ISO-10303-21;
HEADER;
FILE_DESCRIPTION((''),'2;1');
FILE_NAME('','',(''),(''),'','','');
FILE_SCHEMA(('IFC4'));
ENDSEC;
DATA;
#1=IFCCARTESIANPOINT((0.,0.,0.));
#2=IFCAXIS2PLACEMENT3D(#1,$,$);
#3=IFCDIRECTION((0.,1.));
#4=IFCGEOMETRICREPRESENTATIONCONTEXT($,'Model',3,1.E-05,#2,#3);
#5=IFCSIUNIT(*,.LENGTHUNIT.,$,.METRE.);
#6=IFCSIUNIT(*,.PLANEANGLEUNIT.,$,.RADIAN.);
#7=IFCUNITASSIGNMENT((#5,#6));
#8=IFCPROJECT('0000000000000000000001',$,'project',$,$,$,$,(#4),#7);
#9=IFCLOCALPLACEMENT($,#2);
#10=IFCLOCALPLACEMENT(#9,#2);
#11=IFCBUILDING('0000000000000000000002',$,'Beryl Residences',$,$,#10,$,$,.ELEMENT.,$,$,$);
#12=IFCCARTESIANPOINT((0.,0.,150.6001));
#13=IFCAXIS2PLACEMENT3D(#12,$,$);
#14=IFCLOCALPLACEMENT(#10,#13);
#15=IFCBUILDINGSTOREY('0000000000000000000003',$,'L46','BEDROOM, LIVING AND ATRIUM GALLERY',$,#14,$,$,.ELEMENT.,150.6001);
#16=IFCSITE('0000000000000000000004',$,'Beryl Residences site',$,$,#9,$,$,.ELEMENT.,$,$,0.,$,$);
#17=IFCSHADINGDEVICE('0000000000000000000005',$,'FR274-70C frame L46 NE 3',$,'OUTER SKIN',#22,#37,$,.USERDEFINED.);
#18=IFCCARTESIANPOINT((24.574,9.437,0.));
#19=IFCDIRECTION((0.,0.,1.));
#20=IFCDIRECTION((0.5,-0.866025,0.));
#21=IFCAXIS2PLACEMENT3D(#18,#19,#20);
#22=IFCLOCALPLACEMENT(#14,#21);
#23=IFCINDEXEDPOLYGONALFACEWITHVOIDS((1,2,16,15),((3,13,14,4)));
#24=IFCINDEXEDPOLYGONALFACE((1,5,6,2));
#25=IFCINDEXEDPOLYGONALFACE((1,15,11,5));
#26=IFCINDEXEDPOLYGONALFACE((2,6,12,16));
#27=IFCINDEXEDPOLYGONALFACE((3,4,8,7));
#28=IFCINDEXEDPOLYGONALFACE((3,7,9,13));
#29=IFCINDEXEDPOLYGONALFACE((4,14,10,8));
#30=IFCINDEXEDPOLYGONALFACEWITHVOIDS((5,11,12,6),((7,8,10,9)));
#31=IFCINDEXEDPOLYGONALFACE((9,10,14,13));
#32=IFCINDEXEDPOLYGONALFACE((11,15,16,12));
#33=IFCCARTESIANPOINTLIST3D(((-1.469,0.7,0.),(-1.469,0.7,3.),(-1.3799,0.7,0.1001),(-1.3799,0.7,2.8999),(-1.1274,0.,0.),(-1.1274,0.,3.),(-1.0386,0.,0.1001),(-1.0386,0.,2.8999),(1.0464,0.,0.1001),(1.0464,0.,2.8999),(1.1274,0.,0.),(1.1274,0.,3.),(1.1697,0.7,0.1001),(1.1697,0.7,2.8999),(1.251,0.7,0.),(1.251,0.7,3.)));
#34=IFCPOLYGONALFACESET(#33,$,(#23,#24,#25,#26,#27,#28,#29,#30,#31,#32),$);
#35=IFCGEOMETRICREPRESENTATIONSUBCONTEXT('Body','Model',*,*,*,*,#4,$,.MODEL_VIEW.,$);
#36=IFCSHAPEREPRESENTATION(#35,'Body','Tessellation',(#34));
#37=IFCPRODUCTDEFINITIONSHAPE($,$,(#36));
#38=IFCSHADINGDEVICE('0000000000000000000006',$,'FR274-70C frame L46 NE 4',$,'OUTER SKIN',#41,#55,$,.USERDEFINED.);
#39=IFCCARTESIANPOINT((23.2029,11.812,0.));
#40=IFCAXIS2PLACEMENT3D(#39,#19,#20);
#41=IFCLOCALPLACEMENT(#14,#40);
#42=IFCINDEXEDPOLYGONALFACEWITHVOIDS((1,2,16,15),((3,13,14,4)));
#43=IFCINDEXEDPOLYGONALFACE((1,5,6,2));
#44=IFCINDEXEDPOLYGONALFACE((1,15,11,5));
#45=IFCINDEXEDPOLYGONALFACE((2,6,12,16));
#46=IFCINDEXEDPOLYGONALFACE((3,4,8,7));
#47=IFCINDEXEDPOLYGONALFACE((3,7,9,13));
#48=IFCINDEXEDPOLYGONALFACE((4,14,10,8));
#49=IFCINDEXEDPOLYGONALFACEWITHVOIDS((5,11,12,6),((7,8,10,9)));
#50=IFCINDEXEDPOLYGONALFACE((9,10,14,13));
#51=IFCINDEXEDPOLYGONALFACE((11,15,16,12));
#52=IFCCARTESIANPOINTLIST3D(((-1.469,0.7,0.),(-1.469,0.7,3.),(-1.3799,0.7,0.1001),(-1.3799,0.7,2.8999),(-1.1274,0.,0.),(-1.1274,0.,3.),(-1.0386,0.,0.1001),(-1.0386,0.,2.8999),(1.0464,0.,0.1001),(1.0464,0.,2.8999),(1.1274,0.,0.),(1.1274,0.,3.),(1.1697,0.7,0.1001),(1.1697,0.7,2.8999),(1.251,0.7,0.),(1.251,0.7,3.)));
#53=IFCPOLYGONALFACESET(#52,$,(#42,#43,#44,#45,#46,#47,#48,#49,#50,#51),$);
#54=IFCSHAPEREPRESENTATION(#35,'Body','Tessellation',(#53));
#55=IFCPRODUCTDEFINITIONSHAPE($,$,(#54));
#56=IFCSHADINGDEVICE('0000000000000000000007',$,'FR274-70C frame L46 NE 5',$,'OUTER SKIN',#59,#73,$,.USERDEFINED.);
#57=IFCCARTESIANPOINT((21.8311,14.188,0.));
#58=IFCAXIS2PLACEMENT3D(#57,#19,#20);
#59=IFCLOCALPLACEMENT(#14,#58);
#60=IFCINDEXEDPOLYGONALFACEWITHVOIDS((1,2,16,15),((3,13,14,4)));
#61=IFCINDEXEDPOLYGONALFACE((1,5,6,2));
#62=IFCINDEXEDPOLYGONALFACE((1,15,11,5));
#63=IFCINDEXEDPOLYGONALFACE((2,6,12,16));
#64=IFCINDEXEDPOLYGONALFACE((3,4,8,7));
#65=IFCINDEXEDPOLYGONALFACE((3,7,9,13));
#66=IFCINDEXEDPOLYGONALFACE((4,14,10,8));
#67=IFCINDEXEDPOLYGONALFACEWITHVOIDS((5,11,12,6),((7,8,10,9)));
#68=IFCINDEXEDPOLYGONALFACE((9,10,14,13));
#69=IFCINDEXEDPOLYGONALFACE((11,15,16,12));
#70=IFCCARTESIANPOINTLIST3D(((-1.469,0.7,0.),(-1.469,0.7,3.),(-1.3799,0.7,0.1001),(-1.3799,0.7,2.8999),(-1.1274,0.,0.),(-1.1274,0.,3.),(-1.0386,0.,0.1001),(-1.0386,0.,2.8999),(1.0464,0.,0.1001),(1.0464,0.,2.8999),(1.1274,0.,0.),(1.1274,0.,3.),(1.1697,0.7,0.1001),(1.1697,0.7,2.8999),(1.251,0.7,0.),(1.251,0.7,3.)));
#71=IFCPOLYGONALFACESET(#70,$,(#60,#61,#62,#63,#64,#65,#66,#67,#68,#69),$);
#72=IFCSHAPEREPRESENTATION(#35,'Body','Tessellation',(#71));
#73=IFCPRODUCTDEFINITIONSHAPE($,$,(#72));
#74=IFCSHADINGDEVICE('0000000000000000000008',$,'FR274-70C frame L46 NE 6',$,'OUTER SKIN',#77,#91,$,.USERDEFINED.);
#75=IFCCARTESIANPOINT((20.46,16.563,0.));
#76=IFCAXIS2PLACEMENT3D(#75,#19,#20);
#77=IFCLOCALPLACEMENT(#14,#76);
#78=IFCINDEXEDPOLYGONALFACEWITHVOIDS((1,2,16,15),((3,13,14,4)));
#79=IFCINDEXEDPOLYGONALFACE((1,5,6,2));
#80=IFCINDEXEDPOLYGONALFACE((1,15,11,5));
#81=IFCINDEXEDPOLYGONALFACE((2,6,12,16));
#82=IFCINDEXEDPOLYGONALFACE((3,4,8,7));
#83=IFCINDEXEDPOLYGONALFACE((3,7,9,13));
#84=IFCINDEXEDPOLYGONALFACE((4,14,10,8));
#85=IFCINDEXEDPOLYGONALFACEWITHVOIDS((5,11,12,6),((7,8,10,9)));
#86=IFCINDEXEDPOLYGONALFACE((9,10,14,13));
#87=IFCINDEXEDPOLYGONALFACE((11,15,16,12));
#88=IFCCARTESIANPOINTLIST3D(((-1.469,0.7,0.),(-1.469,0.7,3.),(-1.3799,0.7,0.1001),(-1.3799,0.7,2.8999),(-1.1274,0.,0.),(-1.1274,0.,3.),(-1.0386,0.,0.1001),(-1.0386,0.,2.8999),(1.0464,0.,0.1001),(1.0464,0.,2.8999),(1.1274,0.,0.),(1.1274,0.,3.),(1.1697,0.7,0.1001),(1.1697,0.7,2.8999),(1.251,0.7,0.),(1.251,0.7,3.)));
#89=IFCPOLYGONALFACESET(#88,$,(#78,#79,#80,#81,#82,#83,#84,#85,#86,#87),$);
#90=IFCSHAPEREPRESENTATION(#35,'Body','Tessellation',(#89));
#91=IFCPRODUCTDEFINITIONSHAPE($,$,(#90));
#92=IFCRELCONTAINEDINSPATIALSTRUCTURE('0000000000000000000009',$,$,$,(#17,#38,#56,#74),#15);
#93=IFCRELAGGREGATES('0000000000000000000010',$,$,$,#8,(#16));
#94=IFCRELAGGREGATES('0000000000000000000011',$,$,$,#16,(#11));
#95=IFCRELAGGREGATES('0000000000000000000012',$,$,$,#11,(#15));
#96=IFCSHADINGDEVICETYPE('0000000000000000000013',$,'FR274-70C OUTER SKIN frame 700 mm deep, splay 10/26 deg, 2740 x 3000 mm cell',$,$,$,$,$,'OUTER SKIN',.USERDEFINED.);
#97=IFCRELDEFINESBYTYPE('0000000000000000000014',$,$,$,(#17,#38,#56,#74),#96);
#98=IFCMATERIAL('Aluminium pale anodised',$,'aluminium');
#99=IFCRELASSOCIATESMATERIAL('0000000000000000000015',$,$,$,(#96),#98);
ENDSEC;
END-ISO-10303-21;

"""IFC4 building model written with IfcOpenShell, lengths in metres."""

from ifc_helpers import new_model, entity, si_unit, direction, frame, origin, place, context, subcontext, project, spatial, source, transform, mapped, material, type_object, type_shapes, element, save


model = new_model("IFC4")

# Units and contexts
model_context = context("Model", 3, precision=1e-05, world=origin(), true_north=direction((0.0, 1.0)))
body_context = subcontext(model_context, "Body", "Model", "MODEL_VIEW")
ifc_project = project(units=[si_unit("LENGTHUNIT", "METRE"), si_unit("PLANEANGLEUNIT", "RADIAN")], contexts=[model_context])

# Site, building, storey
site_placement = place(None, origin())
site = spatial("IfcSite", under=ifc_project, at=site_placement, Name="Beryl Residences site", CompositionType="ELEMENT", RefElevation=0.0)
building_placement = place(site_placement, origin())
building = spatial("IfcBuilding", under=site, at=building_placement, Name="Beryl Residences", CompositionType="ELEMENT")
storey_placement = place(building_placement, frame((0.0, 0.0, 150.6001)))
storey = spatial("IfcBuildingStorey", under=building, at=storey_placement, Name="L46", Description="BEDROOM, LIVING AND ATRIUM GALLERY", CompositionType="ELEMENT", Elevation=150.6001)

# Shading devices
ifc_material_1 = material(Name="Aluminium pale anodised", Category="aluminium")
shading_device_type = type_object("IfcShadingDeviceType", Name="FR274-70C OUTER SKIN frame 700 mm deep, splay 10/26 deg, 2740 x 3000 mm cell", ElementType="OUTER SKIN", PredefinedType="USERDEFINED", material=ifc_material_1)
cartesian_point_1 = entity("IfcCartesianPoint", [-1.1274, 0.0])
cartesian_point_2 = entity("IfcCartesianPoint", [-1.0464, 0.1001])
cartesian_point_3 = entity("IfcCartesianPoint", [-1.251, 0.0])
cartesian_point_4 = entity("IfcCartesianPoint", [-1.1697, 0.1001])
shared_shape_1 = source(origin(), body_context, "Body", "SweptSolid", [
    entity("IfcExtrudedAreaSolidTapered", entity("IfcArbitraryProfileDefWithVoids", "AREA", None, entity("IfcPolyline", [cartesian_point_1, entity("IfcCartesianPoint", [1.1274, 0.0]), entity("IfcCartesianPoint", [1.1274, 3.0]), entity("IfcCartesianPoint", [-1.1274, 3.0]), cartesian_point_1]), [entity("IfcPolyline", [cartesian_point_2, entity("IfcCartesianPoint", [1.0386, 0.1001]), entity("IfcCartesianPoint", [1.0386, 2.8999]), entity("IfcCartesianPoint", [-1.0464, 2.8999]), cartesian_point_2])]), entity("IfcAxis2Placement3D", entity("IfcCartesianPoint", [0.0, 0.0, 0.0]), entity("IfcDirection", [0.0, 1.0, 0.0]), entity("IfcDirection", [-1.0, 0.0, 0.0])), entity("IfcDirection", [0.0, 0.0, 1.0]), 0.7, entity("IfcArbitraryProfileDefWithVoids", "AREA", None, entity("IfcPolyline", [cartesian_point_3, entity("IfcCartesianPoint", [1.469, 0.0]), entity("IfcCartesianPoint", [1.469, 3.0]), entity("IfcCartesianPoint", [-1.251, 3.0]), cartesian_point_3]), [entity("IfcPolyline", [cartesian_point_4, entity("IfcCartesianPoint", [1.3799, 0.1001]), entity("IfcCartesianPoint", [1.3799, 2.8999]), entity("IfcCartesianPoint", [-1.1697, 2.8999]), cartesian_point_4])])),
])
type_shapes(shading_device_type, [shared_shape_1])
for number, where, z_axis, x_axis, name in (
    (1, (24.574, 9.437, 0.0), (0.0, 0.0, 1.0), (0.5, -0.866025, 0.0), "FR274-70C frame L46 NE 3"),
    (2, (23.2029, 11.812, 0.0), (0.0, 0.0, 1.0), (0.5, -0.866025, 0.0), "FR274-70C frame L46 NE 4"),
    (3, (21.8311, 14.188, 0.0), (0.0, 0.0, 1.0), (0.5, -0.866025, 0.0), "FR274-70C frame L46 NE 5"),
    (4, (20.46, 16.563, 0.0), (0.0, 0.0, 1.0), (0.5, -0.866025, 0.0), "FR274-70C frame L46 NE 6"),
):
    element("IfcShadingDevice", number, at=place(storey_placement, frame(where, z_axis=z_axis, x_axis=x_axis)), inside=storey, type_object=shading_device_type, Name=name, ObjectType="OUTER SKIN", PredefinedType="USERDEFINED", context=body_context, shape_type="MappedRepresentation", body=[
        mapped(shared_shape_1, transform((0.0, 0.0, 0.0))),
    ])

save(model, "model.ifc")
